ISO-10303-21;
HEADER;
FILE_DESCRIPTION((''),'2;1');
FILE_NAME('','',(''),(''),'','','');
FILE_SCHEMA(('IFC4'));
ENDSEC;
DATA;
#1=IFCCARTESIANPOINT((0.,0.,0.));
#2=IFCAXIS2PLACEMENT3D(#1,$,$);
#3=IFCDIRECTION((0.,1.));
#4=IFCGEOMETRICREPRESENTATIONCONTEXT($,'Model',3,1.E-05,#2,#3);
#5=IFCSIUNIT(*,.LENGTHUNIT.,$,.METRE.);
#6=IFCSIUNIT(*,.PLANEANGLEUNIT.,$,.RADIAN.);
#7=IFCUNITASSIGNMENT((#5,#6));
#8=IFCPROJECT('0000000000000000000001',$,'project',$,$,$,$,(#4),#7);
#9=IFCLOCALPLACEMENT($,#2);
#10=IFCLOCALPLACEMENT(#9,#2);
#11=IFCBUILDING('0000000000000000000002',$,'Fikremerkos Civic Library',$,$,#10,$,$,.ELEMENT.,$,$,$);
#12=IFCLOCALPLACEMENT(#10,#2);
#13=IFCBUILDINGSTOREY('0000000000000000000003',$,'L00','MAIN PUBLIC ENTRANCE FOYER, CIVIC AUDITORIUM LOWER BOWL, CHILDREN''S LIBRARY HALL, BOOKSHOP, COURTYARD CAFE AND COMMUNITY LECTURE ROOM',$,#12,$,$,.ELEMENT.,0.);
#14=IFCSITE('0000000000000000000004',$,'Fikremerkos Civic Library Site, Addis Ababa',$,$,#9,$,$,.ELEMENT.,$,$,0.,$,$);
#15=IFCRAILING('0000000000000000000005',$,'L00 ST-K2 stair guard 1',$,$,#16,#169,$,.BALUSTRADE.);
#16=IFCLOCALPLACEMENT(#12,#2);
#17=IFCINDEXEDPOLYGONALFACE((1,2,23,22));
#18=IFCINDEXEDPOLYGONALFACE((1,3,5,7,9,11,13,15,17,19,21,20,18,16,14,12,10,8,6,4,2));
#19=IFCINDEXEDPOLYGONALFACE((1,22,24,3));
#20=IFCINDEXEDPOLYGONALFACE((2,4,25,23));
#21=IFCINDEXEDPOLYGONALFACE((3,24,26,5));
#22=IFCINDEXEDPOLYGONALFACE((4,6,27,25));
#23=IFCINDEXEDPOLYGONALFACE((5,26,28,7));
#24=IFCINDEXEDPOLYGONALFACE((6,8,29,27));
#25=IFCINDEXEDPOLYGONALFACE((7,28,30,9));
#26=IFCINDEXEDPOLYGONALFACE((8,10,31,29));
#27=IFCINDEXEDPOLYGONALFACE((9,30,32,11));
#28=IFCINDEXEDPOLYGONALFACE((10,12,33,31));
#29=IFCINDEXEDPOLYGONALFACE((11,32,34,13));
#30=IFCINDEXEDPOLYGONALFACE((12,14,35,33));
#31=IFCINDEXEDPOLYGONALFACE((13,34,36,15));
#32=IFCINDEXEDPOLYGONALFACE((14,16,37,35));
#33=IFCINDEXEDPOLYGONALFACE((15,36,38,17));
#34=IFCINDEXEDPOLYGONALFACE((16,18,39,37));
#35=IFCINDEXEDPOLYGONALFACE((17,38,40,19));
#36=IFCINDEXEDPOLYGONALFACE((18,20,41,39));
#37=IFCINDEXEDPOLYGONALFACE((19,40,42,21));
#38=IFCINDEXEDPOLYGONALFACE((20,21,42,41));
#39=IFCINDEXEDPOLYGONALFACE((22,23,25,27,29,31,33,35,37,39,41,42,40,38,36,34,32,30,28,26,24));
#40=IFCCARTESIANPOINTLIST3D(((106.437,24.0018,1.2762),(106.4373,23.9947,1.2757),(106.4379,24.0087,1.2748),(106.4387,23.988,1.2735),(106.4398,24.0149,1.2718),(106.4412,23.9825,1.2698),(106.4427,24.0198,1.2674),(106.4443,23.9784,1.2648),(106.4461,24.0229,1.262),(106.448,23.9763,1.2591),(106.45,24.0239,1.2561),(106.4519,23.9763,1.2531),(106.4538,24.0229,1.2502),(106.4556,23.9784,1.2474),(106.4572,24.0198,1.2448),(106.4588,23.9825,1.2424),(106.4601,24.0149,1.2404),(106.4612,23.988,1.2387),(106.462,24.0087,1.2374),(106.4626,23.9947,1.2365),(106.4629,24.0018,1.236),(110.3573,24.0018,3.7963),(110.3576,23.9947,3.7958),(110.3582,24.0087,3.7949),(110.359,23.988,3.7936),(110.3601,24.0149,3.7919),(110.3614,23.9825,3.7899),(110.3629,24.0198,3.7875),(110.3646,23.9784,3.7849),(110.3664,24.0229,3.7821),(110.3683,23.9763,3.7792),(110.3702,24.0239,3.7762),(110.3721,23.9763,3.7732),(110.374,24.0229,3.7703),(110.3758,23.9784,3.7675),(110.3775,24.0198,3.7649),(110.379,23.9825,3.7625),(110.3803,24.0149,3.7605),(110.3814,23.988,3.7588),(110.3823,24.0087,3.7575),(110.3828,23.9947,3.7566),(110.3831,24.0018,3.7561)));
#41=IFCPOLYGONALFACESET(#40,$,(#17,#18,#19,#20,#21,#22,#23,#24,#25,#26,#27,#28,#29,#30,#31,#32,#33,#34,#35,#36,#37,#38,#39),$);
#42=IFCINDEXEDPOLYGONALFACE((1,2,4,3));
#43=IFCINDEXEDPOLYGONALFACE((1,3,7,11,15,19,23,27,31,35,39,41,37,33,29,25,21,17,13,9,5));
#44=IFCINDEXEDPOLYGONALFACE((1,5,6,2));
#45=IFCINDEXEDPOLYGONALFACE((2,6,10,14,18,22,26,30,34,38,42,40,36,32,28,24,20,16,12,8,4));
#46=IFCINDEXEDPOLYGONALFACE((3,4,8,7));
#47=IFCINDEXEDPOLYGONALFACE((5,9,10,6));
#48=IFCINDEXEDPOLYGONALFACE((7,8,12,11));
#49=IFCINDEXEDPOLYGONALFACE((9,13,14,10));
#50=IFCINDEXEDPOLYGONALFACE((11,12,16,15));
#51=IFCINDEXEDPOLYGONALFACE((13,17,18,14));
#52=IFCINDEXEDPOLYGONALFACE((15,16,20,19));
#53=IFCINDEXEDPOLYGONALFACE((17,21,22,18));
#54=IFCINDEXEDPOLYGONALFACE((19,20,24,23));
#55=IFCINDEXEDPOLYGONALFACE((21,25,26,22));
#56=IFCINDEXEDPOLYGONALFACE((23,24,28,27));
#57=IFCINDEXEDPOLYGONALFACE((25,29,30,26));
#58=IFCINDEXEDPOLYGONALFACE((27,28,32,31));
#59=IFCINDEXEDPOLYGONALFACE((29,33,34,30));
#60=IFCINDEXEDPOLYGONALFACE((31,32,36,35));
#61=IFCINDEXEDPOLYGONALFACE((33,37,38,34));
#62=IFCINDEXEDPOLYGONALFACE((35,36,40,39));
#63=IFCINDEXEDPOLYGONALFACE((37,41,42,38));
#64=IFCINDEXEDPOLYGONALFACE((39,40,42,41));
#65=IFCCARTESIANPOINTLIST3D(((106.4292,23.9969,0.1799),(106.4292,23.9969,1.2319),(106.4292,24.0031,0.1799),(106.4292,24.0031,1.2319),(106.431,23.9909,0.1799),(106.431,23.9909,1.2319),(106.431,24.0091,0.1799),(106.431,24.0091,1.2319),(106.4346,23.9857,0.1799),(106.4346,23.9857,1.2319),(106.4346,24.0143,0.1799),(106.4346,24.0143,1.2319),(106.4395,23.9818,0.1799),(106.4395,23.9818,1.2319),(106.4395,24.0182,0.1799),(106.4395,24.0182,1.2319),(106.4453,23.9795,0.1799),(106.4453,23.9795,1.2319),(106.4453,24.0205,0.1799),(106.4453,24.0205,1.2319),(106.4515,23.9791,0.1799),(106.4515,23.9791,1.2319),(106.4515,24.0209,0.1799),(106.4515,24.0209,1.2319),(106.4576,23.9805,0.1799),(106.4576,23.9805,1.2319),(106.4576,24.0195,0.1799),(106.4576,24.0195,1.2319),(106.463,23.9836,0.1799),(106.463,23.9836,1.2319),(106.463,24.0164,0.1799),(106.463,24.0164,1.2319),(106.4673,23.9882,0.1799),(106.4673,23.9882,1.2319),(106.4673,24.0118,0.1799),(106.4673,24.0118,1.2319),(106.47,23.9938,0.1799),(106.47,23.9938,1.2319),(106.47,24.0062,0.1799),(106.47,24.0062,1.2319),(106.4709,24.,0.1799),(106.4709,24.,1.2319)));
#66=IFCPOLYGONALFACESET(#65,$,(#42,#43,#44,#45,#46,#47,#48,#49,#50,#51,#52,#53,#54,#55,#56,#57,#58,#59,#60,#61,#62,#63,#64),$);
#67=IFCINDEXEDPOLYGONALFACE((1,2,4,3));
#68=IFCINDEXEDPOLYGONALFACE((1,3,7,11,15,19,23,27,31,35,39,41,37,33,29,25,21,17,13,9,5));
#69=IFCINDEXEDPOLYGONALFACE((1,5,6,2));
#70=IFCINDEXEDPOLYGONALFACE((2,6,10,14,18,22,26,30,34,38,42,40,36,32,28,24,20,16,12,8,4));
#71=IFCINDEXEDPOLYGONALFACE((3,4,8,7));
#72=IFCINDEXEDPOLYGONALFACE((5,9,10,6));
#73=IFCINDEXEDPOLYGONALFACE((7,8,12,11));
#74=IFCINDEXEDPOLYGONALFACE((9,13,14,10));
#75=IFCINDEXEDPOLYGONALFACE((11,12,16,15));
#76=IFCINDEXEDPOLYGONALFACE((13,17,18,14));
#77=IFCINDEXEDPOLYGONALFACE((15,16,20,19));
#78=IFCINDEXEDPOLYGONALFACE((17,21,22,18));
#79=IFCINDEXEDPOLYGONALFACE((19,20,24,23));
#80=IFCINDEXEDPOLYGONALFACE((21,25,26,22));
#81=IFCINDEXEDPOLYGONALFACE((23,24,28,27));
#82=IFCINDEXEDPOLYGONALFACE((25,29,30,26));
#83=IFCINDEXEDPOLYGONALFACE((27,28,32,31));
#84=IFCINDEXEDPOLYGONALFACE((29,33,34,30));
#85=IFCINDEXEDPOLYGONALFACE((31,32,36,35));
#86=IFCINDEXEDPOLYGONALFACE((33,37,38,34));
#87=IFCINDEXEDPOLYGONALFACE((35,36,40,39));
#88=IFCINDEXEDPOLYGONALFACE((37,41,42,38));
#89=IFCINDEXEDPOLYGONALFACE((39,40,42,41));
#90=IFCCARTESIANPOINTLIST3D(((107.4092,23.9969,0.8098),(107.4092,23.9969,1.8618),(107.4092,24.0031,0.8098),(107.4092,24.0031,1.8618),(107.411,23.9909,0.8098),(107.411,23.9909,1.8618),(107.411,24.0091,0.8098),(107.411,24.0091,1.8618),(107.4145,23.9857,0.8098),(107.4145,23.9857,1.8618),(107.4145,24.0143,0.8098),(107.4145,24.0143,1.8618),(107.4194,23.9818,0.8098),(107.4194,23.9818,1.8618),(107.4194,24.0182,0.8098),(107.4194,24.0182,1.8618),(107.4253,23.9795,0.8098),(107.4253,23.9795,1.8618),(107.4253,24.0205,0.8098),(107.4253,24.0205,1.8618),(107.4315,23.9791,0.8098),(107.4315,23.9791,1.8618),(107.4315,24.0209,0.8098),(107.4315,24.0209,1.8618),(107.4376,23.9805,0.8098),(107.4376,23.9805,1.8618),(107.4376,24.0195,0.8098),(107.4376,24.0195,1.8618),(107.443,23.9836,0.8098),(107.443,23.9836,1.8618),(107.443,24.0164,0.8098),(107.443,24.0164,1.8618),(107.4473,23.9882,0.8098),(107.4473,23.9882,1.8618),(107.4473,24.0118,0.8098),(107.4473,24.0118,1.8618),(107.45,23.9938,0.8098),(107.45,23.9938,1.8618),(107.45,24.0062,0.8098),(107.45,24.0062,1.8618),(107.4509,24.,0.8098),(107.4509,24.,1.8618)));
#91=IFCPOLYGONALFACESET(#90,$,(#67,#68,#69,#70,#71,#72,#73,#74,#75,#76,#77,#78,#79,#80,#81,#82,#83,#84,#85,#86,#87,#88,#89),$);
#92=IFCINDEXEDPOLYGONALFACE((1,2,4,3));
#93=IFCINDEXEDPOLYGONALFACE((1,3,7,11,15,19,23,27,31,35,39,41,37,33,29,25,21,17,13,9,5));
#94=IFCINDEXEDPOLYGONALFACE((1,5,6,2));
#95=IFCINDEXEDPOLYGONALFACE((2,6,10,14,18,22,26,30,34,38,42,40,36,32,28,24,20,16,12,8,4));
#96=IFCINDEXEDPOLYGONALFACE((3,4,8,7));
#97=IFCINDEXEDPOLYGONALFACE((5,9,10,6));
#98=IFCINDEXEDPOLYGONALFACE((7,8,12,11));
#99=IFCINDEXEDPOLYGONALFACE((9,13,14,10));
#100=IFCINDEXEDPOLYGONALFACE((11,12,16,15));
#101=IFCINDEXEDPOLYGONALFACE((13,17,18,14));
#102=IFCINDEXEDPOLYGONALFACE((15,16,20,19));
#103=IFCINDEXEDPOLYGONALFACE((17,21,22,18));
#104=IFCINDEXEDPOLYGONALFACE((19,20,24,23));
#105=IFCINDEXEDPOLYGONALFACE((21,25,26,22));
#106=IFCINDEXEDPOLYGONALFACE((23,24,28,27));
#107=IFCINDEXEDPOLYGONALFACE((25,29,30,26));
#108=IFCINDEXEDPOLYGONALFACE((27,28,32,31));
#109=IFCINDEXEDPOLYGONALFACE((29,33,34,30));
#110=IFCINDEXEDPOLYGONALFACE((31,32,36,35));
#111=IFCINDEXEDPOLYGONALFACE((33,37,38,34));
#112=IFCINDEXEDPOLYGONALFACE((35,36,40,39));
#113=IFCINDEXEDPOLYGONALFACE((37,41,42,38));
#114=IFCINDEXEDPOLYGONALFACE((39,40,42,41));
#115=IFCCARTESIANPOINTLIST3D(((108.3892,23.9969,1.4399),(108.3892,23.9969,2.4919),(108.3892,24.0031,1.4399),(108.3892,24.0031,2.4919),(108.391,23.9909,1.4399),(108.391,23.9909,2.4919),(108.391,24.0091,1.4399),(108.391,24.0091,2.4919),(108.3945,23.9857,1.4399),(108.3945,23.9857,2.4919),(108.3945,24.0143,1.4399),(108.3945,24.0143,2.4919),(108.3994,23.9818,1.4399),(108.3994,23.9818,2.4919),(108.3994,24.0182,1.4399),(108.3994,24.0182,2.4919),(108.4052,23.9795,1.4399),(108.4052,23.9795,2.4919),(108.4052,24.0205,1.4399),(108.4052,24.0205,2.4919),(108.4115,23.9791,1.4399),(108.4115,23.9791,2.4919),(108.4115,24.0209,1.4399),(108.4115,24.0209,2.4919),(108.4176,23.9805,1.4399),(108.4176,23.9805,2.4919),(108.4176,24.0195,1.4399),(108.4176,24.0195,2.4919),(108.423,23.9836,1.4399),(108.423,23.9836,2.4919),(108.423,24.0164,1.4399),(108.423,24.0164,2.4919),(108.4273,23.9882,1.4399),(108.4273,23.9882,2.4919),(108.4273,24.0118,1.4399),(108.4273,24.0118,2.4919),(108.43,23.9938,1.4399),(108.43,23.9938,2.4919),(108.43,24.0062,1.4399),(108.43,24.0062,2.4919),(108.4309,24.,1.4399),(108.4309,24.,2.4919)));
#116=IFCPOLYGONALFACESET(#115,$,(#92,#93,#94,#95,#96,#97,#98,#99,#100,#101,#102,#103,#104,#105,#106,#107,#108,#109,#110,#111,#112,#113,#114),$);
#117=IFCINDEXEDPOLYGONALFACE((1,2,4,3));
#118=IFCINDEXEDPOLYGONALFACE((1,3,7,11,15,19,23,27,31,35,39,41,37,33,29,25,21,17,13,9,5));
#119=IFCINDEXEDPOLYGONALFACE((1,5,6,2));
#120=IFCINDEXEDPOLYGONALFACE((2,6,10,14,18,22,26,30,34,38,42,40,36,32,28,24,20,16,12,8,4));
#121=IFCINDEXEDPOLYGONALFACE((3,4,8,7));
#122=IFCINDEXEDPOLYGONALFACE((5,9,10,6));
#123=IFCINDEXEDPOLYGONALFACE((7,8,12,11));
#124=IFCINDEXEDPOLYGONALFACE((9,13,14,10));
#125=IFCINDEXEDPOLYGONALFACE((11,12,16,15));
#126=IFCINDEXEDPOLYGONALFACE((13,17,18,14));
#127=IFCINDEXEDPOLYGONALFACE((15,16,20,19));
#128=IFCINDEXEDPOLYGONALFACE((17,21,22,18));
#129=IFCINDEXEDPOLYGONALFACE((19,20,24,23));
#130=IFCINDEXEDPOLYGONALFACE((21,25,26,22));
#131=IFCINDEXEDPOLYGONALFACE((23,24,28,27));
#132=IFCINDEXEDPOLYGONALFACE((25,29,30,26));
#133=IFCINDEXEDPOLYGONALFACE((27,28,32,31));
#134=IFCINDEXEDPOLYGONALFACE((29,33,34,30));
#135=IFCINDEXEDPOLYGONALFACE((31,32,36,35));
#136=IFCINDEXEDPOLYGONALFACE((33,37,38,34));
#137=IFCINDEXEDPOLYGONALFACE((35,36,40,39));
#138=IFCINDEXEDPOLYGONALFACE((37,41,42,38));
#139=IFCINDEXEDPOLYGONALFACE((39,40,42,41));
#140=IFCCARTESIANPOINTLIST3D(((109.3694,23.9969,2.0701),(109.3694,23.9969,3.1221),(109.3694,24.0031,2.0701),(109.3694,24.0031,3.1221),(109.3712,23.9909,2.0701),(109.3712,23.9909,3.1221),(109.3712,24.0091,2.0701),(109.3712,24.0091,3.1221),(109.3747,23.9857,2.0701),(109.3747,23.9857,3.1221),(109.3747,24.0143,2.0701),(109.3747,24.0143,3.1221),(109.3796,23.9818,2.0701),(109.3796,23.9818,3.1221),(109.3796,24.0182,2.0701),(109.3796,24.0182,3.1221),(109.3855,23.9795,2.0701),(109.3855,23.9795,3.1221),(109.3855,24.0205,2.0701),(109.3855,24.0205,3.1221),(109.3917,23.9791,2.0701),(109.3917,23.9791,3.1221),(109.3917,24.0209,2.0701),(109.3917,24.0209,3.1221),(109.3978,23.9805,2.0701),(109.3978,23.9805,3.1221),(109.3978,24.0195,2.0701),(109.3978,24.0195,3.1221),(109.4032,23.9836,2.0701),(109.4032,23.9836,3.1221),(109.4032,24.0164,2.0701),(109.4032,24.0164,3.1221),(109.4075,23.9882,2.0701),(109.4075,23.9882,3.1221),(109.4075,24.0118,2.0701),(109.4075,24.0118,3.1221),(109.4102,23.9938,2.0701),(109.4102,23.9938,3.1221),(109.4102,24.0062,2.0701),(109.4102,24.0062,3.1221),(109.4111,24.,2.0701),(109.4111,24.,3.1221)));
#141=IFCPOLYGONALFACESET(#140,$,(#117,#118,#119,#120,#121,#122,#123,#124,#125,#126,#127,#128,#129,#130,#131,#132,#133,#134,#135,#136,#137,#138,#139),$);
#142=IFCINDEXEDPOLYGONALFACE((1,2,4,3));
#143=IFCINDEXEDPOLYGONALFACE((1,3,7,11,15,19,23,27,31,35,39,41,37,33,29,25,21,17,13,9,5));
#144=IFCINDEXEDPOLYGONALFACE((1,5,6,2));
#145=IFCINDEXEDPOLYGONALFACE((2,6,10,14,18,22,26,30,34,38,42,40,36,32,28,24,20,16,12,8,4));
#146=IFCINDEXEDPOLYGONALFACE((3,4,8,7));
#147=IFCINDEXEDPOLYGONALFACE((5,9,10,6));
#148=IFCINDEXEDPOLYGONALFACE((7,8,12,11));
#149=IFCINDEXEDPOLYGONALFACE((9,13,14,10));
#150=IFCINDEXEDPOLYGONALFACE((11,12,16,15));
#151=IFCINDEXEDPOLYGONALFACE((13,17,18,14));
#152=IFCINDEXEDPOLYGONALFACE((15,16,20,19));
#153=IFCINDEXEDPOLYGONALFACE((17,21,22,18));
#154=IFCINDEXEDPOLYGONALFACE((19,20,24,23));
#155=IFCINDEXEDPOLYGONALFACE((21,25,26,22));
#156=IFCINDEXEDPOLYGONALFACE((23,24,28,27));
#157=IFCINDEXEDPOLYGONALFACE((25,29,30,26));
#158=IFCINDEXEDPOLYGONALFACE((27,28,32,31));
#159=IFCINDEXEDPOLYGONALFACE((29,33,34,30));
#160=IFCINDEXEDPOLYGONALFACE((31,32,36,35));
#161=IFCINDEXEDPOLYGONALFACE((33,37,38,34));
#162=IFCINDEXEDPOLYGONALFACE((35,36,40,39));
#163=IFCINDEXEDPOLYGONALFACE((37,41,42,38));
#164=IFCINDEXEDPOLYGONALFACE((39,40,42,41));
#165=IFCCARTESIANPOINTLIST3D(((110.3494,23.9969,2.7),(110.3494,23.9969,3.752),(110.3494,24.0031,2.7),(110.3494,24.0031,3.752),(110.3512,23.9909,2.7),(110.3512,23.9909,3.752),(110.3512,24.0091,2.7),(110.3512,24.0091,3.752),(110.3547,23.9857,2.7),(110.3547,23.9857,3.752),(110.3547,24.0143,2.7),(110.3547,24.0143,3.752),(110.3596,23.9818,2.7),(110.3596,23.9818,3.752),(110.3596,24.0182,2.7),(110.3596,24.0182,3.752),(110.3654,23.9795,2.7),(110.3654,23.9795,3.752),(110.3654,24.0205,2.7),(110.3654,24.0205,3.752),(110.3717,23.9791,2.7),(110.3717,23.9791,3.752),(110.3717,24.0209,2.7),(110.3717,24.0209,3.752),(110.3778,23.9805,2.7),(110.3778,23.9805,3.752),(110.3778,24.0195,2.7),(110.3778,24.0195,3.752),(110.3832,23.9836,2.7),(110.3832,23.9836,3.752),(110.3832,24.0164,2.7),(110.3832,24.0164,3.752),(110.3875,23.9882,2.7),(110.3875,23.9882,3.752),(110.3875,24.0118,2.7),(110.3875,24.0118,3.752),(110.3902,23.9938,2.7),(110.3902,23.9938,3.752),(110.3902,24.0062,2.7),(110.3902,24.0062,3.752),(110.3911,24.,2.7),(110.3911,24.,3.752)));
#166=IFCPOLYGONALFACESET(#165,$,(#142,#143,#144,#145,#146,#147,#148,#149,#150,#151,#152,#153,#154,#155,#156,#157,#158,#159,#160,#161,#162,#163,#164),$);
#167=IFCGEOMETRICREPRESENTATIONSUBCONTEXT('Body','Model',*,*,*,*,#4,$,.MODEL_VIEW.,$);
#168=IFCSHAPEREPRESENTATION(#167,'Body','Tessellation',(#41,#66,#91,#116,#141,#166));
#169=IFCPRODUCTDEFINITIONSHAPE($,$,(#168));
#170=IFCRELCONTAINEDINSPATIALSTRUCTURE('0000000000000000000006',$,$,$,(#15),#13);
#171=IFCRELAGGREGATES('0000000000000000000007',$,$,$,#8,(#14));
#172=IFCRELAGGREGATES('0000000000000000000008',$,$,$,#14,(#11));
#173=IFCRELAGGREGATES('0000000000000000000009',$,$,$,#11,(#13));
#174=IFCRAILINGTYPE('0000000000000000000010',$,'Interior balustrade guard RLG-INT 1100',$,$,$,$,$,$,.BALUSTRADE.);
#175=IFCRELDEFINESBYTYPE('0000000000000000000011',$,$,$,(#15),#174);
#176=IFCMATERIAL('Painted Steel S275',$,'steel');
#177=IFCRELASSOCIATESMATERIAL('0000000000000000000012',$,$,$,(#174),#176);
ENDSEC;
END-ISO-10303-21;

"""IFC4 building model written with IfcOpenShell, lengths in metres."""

from ifc_helpers import new_model, si_unit, direction, frame, origin, origin_2d, place, context, subcontext, project, spatial, circle, extrude, material, type_object, element, save


model = new_model("IFC4")

# Units and contexts
model_context = context("Model", 3, precision=1e-05, world=origin(), true_north=direction((0.0, 1.0)))
body_context = subcontext(model_context, "Body", "Model", "MODEL_VIEW")
ifc_project = project(units=[si_unit("LENGTHUNIT", "METRE"), si_unit("PLANEANGLEUNIT", "RADIAN")], contexts=[model_context])

# Site, building, storey
site_placement = place(None, origin())
site = spatial("IfcSite", under=ifc_project, at=site_placement, Name="Fikremerkos Civic Library Site, Addis Ababa", CompositionType="ELEMENT", RefElevation=0.0)
building_placement = place(site_placement, origin())
building = spatial("IfcBuilding", under=site, at=building_placement, Name="Fikremerkos Civic Library", CompositionType="ELEMENT")
storey_placement = place(building_placement, origin())
storey = spatial("IfcBuildingStorey", under=building, at=storey_placement, Name="L00", Description="MAIN PUBLIC ENTRANCE FOYER, CIVIC AUDITORIUM LOWER BOWL, CHILDREN'S LIBRARY HALL, BOOKSHOP, COURTYARD CAFE AND COMMUNITY LECTURE ROOM", CompositionType="ELEMENT", Elevation=0.0)

# Railing
ifc_material_1 = material(Name="Painted Steel S275", Category="steel")
railing_type_1 = type_object("IfcRailingType", Name="Interior balustrade guard RLG-INT 1100", PredefinedType="BALUSTRADE", material=ifc_material_1)
railing_1_placement = place(storey_placement, frame((106.45, 24.0, 0.1799)))
element("IfcRailing", 1, at=railing_1_placement, inside=storey, type_object=railing_type_1, Name="L00 ST-K2 stair guard 1", PredefinedType="BALUSTRADE", context=body_context, shape_type="SweptSolid", body=[
    extrude(circle(Radius=0.0239, at=origin_2d()), frame((0.0, 0.0, 1.0762), z_axis=(0.841187, 0.0, 0.540744), x_axis=(0.0, 1.0, 0.0)), (0.0, 0.0, 1.0), 4.6604),
    extrude(circle(Radius=0.021, at=origin_2d()), origin(), (0.0, 0.0, 1.0), 1.052),
    extrude(circle(Radius=0.021, at=origin_2d()), frame((0.98, 0.0, 0.6299)), (0.0, 0.0, 1.0), 1.052),
    extrude(circle(Radius=0.021, at=origin_2d()), frame((1.96, 0.0, 1.26)), (0.0, 0.0, 1.0), 1.052),
    extrude(circle(Radius=0.021, at=origin_2d()), frame((2.9402, 0.0, 1.8901)), (0.0, 0.0, 1.0), 1.052),
    extrude(circle(Radius=0.021, at=origin_2d()), frame((3.9202, 0.0, 2.52)), (0.0, 0.0, 1.0), 1.052),
])

save(model, "model.ifc")
